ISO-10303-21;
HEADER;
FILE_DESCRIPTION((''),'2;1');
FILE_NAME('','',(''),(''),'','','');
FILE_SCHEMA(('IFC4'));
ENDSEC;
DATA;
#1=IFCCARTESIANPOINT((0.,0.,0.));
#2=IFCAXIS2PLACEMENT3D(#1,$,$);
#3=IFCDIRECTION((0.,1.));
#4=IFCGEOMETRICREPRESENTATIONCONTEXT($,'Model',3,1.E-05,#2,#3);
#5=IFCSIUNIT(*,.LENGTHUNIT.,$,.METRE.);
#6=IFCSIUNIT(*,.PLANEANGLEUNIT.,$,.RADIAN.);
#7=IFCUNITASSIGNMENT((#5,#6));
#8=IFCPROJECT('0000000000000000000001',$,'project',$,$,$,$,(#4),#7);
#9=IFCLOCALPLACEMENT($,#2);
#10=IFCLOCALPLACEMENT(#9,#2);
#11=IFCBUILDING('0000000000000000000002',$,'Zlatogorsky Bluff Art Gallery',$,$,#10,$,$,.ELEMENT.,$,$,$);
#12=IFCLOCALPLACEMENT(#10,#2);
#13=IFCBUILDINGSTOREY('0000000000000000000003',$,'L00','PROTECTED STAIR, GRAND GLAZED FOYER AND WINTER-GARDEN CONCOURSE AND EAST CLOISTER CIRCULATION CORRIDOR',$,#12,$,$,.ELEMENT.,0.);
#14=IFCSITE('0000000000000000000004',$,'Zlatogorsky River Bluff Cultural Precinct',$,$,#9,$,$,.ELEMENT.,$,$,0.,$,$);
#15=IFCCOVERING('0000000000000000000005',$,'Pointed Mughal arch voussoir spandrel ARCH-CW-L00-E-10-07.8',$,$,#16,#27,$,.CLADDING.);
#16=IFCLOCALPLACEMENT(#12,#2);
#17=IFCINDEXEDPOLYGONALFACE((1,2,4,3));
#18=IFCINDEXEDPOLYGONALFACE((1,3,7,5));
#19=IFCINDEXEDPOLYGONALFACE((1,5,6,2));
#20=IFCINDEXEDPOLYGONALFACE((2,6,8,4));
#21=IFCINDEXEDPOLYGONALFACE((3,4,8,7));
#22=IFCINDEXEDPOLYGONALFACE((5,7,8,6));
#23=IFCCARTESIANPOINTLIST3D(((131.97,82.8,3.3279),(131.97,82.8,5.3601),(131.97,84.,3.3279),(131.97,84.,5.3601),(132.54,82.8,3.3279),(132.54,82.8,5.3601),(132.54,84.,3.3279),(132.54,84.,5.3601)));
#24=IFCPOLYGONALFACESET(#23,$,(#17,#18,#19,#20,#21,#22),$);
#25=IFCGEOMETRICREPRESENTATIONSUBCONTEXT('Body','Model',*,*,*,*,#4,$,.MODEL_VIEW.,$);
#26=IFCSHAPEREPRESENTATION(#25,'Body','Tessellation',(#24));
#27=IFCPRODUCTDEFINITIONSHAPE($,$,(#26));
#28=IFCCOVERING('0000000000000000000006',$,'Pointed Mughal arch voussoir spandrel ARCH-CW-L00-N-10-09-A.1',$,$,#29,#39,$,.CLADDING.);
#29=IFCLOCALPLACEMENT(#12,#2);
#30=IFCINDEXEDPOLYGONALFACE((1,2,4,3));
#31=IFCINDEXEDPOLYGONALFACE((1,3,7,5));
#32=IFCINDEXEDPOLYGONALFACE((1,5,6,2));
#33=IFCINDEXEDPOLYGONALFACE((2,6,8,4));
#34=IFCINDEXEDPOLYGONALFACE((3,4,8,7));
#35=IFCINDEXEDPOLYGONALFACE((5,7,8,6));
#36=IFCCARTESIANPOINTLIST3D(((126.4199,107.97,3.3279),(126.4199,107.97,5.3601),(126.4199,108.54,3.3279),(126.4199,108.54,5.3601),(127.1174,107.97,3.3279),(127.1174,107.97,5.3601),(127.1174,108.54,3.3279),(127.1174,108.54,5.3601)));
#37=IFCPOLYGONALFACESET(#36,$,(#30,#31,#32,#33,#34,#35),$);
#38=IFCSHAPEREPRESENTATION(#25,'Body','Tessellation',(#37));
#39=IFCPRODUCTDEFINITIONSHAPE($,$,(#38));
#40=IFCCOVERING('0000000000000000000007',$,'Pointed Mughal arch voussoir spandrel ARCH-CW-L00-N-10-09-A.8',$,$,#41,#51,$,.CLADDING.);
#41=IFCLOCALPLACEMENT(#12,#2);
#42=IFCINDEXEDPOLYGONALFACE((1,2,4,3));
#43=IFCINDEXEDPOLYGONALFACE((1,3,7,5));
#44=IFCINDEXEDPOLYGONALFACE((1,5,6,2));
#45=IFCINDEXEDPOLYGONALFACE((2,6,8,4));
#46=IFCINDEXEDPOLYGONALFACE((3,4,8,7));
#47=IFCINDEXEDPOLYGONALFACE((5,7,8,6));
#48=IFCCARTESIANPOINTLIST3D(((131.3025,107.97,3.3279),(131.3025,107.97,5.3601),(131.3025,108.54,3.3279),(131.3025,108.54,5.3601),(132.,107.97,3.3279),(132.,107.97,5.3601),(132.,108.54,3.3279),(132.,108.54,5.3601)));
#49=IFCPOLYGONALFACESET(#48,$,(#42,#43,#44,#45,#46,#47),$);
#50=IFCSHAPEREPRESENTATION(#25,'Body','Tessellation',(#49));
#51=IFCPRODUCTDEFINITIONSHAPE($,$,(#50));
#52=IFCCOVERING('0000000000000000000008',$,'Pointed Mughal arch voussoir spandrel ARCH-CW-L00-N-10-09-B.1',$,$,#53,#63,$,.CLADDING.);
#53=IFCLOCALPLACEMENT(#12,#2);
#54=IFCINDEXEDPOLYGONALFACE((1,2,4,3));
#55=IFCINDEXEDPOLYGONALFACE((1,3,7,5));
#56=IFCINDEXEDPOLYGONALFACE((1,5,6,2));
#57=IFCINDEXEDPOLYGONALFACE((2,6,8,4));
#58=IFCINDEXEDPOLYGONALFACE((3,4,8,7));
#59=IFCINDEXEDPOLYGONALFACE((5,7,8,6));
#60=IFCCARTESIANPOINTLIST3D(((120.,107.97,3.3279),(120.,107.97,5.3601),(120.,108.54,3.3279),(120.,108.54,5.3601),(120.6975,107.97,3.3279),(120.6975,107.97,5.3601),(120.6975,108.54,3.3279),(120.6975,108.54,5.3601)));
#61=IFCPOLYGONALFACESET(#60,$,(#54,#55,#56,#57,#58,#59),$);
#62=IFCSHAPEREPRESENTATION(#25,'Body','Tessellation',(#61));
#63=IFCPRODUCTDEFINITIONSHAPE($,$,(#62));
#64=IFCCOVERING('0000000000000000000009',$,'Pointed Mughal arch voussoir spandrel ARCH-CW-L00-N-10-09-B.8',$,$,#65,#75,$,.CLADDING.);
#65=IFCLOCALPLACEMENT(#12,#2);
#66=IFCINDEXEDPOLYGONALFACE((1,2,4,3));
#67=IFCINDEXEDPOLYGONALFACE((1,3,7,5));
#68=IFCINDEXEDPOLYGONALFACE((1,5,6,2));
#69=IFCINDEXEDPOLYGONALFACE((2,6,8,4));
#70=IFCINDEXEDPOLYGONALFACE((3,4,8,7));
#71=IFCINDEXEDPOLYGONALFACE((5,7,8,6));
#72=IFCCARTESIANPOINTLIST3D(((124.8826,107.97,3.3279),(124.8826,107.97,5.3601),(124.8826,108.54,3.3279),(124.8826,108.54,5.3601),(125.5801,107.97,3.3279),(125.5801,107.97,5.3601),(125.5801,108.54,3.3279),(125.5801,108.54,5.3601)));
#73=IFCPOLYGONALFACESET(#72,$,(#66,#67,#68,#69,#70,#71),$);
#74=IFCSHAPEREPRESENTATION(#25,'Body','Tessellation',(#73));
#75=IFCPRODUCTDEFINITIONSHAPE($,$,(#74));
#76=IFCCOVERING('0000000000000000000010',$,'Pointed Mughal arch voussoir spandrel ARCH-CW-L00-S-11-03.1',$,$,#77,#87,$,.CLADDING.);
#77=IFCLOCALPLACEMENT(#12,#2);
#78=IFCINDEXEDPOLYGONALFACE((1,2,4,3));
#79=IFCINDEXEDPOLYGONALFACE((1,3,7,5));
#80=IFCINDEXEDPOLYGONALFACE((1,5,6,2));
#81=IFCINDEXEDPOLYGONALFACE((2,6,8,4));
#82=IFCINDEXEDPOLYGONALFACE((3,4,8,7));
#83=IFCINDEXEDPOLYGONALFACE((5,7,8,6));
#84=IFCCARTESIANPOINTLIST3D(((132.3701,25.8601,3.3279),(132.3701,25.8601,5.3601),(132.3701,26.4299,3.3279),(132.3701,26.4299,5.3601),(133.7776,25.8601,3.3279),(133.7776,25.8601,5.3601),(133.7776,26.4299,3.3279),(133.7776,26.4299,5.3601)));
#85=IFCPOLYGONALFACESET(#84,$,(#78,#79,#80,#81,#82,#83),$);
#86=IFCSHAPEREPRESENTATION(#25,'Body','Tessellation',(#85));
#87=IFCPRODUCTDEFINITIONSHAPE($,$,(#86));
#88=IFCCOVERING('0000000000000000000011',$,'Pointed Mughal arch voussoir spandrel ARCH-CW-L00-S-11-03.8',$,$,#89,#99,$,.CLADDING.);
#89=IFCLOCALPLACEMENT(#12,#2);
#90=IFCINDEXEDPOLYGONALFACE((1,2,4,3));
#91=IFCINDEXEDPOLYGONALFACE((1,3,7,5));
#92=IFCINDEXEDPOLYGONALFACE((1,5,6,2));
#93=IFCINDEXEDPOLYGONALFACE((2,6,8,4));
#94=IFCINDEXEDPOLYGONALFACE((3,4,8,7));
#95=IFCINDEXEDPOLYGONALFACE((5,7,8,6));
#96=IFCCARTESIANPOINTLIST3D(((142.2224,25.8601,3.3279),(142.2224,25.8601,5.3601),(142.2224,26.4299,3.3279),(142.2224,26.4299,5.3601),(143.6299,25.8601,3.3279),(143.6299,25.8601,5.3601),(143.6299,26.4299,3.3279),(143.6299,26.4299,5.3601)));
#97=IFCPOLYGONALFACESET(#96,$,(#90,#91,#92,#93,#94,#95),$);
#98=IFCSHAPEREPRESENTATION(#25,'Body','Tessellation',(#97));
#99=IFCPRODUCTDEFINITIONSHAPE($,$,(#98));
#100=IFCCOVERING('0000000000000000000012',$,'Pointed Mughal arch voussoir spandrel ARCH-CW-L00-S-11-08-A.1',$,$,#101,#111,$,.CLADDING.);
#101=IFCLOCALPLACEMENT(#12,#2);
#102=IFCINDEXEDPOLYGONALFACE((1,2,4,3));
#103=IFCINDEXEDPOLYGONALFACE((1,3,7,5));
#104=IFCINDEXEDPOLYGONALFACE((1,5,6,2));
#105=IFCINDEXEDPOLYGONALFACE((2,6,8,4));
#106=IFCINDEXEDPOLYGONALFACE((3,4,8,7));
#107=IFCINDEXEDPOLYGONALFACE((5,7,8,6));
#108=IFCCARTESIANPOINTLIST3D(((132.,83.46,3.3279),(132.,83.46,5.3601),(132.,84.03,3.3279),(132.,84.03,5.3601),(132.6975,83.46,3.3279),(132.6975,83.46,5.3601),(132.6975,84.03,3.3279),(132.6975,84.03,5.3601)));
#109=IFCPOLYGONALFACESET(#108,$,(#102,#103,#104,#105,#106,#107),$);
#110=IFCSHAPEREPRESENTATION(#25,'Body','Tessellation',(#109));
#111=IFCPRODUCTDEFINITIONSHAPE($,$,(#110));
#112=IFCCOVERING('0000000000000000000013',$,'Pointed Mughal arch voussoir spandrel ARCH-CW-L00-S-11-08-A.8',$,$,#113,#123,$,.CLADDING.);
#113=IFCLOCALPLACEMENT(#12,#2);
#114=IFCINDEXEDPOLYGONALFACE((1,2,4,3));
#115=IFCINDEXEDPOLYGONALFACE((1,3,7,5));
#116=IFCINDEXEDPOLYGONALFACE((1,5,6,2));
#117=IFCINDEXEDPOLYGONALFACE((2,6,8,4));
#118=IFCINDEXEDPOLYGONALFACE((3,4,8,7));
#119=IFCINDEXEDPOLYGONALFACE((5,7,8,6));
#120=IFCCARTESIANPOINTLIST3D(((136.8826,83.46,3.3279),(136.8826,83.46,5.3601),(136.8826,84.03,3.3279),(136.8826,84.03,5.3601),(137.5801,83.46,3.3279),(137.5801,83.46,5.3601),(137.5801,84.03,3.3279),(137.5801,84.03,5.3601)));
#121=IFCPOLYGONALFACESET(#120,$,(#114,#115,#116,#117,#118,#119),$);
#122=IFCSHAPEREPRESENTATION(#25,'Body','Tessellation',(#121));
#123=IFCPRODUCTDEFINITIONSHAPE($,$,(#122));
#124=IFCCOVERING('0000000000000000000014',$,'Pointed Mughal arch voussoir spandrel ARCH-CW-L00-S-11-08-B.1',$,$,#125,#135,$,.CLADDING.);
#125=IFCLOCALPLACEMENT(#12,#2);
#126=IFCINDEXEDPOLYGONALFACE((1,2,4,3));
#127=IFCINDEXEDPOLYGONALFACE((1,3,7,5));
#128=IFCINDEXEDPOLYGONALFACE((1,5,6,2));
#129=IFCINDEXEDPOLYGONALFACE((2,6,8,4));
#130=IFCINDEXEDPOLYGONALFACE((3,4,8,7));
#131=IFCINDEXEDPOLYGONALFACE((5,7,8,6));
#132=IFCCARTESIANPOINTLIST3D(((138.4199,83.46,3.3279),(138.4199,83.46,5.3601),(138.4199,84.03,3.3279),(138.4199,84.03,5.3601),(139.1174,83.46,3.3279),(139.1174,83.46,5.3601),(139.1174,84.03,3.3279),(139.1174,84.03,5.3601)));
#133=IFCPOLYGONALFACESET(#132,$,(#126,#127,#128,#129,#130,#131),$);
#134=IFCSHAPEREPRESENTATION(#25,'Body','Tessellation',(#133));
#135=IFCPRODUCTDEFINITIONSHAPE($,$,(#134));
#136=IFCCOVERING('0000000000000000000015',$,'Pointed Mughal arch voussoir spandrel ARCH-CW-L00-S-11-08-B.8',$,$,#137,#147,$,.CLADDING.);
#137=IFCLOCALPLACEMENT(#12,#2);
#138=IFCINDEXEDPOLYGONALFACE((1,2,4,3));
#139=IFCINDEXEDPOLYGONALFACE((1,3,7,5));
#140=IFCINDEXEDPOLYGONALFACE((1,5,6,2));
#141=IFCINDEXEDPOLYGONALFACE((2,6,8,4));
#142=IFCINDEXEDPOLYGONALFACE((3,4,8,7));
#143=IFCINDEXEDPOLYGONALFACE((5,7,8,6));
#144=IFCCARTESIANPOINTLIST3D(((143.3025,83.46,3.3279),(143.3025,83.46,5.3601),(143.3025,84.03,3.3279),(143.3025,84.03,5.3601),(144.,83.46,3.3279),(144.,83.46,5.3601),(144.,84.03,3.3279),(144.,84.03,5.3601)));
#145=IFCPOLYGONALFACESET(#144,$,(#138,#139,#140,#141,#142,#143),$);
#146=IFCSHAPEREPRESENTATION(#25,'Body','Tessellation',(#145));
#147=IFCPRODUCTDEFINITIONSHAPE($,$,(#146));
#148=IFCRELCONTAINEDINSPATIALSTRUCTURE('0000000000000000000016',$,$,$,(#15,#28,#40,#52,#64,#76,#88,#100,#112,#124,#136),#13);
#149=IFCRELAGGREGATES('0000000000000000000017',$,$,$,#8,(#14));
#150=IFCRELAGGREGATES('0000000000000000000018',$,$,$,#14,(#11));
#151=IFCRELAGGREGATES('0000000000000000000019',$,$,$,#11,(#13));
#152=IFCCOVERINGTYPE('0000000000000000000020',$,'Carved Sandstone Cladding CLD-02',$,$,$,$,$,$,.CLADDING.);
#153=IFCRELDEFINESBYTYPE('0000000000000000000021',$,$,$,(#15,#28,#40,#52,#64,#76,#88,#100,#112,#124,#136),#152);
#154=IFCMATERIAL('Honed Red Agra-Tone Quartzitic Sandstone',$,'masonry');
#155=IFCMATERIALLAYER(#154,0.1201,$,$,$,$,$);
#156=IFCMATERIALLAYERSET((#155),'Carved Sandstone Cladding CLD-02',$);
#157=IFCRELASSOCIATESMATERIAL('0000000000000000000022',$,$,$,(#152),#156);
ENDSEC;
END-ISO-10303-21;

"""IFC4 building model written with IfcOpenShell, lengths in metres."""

from ifc_helpers import new_model, si_unit, direction, frame, origin, place, context, subcontext, project, spatial, polyline, outline, extrude, material, layer, layer_set, type_object, element, save


model = new_model("IFC4")

# Units and contexts
model_context = context("Model", 3, precision=1e-05, world=origin(), true_north=direction((0.0, 1.0)))
body_context = subcontext(model_context, "Body", "Model", "MODEL_VIEW")
ifc_project = project(units=[si_unit("LENGTHUNIT", "METRE"), si_unit("PLANEANGLEUNIT", "RADIAN")], contexts=[model_context])

# Site, building, storey
site_placement = place(None, origin())
site = spatial("IfcSite", under=ifc_project, at=site_placement, Name="Zlatogorsky River Bluff Cultural Precinct", CompositionType="ELEMENT", RefElevation=0.0)
building_placement = place(site_placement, origin())
building = spatial("IfcBuilding", under=site, at=building_placement, Name="Zlatogorsky Bluff Art Gallery", CompositionType="ELEMENT")
storey_placement = place(building_placement, origin())
storey = spatial("IfcBuildingStorey", under=building, at=storey_placement, Name="L00", Description="PROTECTED STAIR, GRAND GLAZED FOYER AND WINTER-GARDEN CONCOURSE AND EAST CLOISTER CIRCULATION CORRIDOR", CompositionType="ELEMENT", Elevation=0.0)

# Coverings
ifc_material = material(Name="Honed Red Agra-Tone Quartzitic Sandstone", Category="masonry")
ifc_layer = layer(ifc_material, 0.1201)
ifc_layer_set = layer_set([ifc_layer], Name="Carved Sandstone Cladding CLD-02")
covering_type = type_object("IfcCoveringType", Name="Carved Sandstone Cladding CLD-02", PredefinedType="CLADDING", material=ifc_layer_set)
covering_1_placement = place(storey_placement, frame((0.0, 0.0, 3.3279)))
element("IfcCovering", 1, at=covering_1_placement, inside=storey, type_object=covering_type, Name="Pointed Mughal arch voussoir spandrel ARCH-CW-L00-E-10-07.8", PredefinedType="CLADDING", context=body_context, shape_type="SweptSolid", body=[
    extrude(outline(polyline([(131.97, 82.8), (131.97, 84.0), (132.54, 84.0), (132.54, 82.8), (131.97, 82.8)])), origin(), (0.0, 0.0, 1.0), 2.0322),
])
covering_2_placement = place(storey_placement, frame((0.0, 0.0, 3.3279)))
element("IfcCovering", 2, at=covering_2_placement, inside=storey, type_object=covering_type, Name="Pointed Mughal arch voussoir spandrel ARCH-CW-L00-N-10-09-A.1", PredefinedType="CLADDING", context=body_context, shape_type="SweptSolid", body=[
    extrude(outline(polyline([(126.4199, 107.97), (127.1174, 107.97), (127.1174, 108.54), (126.4199, 108.54), (126.4199, 107.97)])), origin(), (0.0, 0.0, 1.0), 2.0322),
])
covering_3_placement = place(storey_placement, frame((0.0, 0.0, 3.3279)))
element("IfcCovering", 3, at=covering_3_placement, inside=storey, type_object=covering_type, Name="Pointed Mughal arch voussoir spandrel ARCH-CW-L00-N-10-09-A.8", PredefinedType="CLADDING", context=body_context, shape_type="SweptSolid", body=[
    extrude(outline(polyline([(131.3025, 107.97), (132.0, 107.97), (132.0, 108.54), (131.3025, 108.54), (131.3025, 107.97)])), origin(), (0.0, 0.0, 1.0), 2.0322),
])
covering_4_placement = place(storey_placement, frame((0.0, 0.0, 3.3279)))
element("IfcCovering", 4, at=covering_4_placement, inside=storey, type_object=covering_type, Name="Pointed Mughal arch voussoir spandrel ARCH-CW-L00-N-10-09-B.1", PredefinedType="CLADDING", context=body_context, shape_type="SweptSolid", body=[
    extrude(outline(polyline([(120.0, 107.97), (120.6975, 107.97), (120.6975, 108.54), (120.0, 108.54), (120.0, 107.97)])), origin(), (0.0, 0.0, 1.0), 2.0322),
])
covering_5_placement = place(storey_placement, frame((0.0, 0.0, 3.3279)))
element("IfcCovering", 5, at=covering_5_placement, inside=storey, type_object=covering_type, Name="Pointed Mughal arch voussoir spandrel ARCH-CW-L00-N-10-09-B.8", PredefinedType="CLADDING", context=body_context, shape_type="SweptSolid", body=[
    extrude(outline(polyline([(124.8826, 107.97), (125.5801, 107.97), (125.5801, 108.54), (124.8826, 108.54), (124.8826, 107.97)])), origin(), (0.0, 0.0, 1.0), 2.0322),
])
covering_6_placement = place(storey_placement, frame((0.0, 0.0, 3.3279)))
element("IfcCovering", 6, at=covering_6_placement, inside=storey, type_object=covering_type, Name="Pointed Mughal arch voussoir spandrel ARCH-CW-L00-S-11-03.1", PredefinedType="CLADDING", context=body_context, shape_type="SweptSolid", body=[
    extrude(outline(polyline([(132.3701, 25.8601), (133.7776, 25.8601), (133.7776, 26.4299), (132.3701, 26.4299), (132.3701, 25.8601)])), origin(), (0.0, 0.0, 1.0), 2.0322),
])
covering_7_placement = place(storey_placement, frame((0.0, 0.0, 3.3279)))
element("IfcCovering", 7, at=covering_7_placement, inside=storey, type_object=covering_type, Name="Pointed Mughal arch voussoir spandrel ARCH-CW-L00-S-11-03.8", PredefinedType="CLADDING", context=body_context, shape_type="SweptSolid", body=[
    extrude(outline(polyline([(142.2224, 25.8601), (143.6299, 25.8601), (143.6299, 26.4299), (142.2224, 26.4299), (142.2224, 25.8601)])), origin(), (0.0, 0.0, 1.0), 2.0322),
])
covering_8_placement = place(storey_placement, frame((0.0, 0.0, 3.3279)))
element("IfcCovering", 8, at=covering_8_placement, inside=storey, type_object=covering_type, Name="Pointed Mughal arch voussoir spandrel ARCH-CW-L00-S-11-08-A.1", PredefinedType="CLADDING", context=body_context, shape_type="SweptSolid", body=[
    extrude(outline(polyline([(132.0, 83.46), (132.6975, 83.46), (132.6975, 84.03), (132.0, 84.03), (132.0, 83.46)])), origin(), (0.0, 0.0, 1.0), 2.0322),
])
covering_9_placement = place(storey_placement, frame((0.0, 0.0, 3.3279)))
element("IfcCovering", 9, at=covering_9_placement, inside=storey, type_object=covering_type, Name="Pointed Mughal arch voussoir spandrel ARCH-CW-L00-S-11-08-A.8", PredefinedType="CLADDING", context=body_context, shape_type="SweptSolid", body=[
    extrude(outline(polyline([(136.8826, 83.46), (137.5801, 83.46), (137.5801, 84.03), (136.8826, 84.03), (136.8826, 83.46)])), origin(), (0.0, 0.0, 1.0), 2.0322),
])
covering_10_placement = place(storey_placement, frame((0.0, 0.0, 3.3279)))
element("IfcCovering", 10, at=covering_10_placement, inside=storey, type_object=covering_type, Name="Pointed Mughal arch voussoir spandrel ARCH-CW-L00-S-11-08-B.1", PredefinedType="CLADDING", context=body_context, shape_type="SweptSolid", body=[
    extrude(outline(polyline([(138.4199, 83.46), (139.1174, 83.46), (139.1174, 84.03), (138.4199, 84.03), (138.4199, 83.46)])), origin(), (0.0, 0.0, 1.0), 2.0322),
])
covering_11_placement = place(storey_placement, frame((0.0, 0.0, 3.3279)))
element("IfcCovering", 11, at=covering_11_placement, inside=storey, type_object=covering_type, Name="Pointed Mughal arch voussoir spandrel ARCH-CW-L00-S-11-08-B.8", PredefinedType="CLADDING", context=body_context, shape_type="SweptSolid", body=[
    extrude(outline(polyline([(143.3025, 83.46), (144.0, 83.46), (144.0, 84.03), (143.3025, 84.03), (143.3025, 83.46)])), origin(), (0.0, 0.0, 1.0), 2.0322),
])

save(model, "model.ifc")
